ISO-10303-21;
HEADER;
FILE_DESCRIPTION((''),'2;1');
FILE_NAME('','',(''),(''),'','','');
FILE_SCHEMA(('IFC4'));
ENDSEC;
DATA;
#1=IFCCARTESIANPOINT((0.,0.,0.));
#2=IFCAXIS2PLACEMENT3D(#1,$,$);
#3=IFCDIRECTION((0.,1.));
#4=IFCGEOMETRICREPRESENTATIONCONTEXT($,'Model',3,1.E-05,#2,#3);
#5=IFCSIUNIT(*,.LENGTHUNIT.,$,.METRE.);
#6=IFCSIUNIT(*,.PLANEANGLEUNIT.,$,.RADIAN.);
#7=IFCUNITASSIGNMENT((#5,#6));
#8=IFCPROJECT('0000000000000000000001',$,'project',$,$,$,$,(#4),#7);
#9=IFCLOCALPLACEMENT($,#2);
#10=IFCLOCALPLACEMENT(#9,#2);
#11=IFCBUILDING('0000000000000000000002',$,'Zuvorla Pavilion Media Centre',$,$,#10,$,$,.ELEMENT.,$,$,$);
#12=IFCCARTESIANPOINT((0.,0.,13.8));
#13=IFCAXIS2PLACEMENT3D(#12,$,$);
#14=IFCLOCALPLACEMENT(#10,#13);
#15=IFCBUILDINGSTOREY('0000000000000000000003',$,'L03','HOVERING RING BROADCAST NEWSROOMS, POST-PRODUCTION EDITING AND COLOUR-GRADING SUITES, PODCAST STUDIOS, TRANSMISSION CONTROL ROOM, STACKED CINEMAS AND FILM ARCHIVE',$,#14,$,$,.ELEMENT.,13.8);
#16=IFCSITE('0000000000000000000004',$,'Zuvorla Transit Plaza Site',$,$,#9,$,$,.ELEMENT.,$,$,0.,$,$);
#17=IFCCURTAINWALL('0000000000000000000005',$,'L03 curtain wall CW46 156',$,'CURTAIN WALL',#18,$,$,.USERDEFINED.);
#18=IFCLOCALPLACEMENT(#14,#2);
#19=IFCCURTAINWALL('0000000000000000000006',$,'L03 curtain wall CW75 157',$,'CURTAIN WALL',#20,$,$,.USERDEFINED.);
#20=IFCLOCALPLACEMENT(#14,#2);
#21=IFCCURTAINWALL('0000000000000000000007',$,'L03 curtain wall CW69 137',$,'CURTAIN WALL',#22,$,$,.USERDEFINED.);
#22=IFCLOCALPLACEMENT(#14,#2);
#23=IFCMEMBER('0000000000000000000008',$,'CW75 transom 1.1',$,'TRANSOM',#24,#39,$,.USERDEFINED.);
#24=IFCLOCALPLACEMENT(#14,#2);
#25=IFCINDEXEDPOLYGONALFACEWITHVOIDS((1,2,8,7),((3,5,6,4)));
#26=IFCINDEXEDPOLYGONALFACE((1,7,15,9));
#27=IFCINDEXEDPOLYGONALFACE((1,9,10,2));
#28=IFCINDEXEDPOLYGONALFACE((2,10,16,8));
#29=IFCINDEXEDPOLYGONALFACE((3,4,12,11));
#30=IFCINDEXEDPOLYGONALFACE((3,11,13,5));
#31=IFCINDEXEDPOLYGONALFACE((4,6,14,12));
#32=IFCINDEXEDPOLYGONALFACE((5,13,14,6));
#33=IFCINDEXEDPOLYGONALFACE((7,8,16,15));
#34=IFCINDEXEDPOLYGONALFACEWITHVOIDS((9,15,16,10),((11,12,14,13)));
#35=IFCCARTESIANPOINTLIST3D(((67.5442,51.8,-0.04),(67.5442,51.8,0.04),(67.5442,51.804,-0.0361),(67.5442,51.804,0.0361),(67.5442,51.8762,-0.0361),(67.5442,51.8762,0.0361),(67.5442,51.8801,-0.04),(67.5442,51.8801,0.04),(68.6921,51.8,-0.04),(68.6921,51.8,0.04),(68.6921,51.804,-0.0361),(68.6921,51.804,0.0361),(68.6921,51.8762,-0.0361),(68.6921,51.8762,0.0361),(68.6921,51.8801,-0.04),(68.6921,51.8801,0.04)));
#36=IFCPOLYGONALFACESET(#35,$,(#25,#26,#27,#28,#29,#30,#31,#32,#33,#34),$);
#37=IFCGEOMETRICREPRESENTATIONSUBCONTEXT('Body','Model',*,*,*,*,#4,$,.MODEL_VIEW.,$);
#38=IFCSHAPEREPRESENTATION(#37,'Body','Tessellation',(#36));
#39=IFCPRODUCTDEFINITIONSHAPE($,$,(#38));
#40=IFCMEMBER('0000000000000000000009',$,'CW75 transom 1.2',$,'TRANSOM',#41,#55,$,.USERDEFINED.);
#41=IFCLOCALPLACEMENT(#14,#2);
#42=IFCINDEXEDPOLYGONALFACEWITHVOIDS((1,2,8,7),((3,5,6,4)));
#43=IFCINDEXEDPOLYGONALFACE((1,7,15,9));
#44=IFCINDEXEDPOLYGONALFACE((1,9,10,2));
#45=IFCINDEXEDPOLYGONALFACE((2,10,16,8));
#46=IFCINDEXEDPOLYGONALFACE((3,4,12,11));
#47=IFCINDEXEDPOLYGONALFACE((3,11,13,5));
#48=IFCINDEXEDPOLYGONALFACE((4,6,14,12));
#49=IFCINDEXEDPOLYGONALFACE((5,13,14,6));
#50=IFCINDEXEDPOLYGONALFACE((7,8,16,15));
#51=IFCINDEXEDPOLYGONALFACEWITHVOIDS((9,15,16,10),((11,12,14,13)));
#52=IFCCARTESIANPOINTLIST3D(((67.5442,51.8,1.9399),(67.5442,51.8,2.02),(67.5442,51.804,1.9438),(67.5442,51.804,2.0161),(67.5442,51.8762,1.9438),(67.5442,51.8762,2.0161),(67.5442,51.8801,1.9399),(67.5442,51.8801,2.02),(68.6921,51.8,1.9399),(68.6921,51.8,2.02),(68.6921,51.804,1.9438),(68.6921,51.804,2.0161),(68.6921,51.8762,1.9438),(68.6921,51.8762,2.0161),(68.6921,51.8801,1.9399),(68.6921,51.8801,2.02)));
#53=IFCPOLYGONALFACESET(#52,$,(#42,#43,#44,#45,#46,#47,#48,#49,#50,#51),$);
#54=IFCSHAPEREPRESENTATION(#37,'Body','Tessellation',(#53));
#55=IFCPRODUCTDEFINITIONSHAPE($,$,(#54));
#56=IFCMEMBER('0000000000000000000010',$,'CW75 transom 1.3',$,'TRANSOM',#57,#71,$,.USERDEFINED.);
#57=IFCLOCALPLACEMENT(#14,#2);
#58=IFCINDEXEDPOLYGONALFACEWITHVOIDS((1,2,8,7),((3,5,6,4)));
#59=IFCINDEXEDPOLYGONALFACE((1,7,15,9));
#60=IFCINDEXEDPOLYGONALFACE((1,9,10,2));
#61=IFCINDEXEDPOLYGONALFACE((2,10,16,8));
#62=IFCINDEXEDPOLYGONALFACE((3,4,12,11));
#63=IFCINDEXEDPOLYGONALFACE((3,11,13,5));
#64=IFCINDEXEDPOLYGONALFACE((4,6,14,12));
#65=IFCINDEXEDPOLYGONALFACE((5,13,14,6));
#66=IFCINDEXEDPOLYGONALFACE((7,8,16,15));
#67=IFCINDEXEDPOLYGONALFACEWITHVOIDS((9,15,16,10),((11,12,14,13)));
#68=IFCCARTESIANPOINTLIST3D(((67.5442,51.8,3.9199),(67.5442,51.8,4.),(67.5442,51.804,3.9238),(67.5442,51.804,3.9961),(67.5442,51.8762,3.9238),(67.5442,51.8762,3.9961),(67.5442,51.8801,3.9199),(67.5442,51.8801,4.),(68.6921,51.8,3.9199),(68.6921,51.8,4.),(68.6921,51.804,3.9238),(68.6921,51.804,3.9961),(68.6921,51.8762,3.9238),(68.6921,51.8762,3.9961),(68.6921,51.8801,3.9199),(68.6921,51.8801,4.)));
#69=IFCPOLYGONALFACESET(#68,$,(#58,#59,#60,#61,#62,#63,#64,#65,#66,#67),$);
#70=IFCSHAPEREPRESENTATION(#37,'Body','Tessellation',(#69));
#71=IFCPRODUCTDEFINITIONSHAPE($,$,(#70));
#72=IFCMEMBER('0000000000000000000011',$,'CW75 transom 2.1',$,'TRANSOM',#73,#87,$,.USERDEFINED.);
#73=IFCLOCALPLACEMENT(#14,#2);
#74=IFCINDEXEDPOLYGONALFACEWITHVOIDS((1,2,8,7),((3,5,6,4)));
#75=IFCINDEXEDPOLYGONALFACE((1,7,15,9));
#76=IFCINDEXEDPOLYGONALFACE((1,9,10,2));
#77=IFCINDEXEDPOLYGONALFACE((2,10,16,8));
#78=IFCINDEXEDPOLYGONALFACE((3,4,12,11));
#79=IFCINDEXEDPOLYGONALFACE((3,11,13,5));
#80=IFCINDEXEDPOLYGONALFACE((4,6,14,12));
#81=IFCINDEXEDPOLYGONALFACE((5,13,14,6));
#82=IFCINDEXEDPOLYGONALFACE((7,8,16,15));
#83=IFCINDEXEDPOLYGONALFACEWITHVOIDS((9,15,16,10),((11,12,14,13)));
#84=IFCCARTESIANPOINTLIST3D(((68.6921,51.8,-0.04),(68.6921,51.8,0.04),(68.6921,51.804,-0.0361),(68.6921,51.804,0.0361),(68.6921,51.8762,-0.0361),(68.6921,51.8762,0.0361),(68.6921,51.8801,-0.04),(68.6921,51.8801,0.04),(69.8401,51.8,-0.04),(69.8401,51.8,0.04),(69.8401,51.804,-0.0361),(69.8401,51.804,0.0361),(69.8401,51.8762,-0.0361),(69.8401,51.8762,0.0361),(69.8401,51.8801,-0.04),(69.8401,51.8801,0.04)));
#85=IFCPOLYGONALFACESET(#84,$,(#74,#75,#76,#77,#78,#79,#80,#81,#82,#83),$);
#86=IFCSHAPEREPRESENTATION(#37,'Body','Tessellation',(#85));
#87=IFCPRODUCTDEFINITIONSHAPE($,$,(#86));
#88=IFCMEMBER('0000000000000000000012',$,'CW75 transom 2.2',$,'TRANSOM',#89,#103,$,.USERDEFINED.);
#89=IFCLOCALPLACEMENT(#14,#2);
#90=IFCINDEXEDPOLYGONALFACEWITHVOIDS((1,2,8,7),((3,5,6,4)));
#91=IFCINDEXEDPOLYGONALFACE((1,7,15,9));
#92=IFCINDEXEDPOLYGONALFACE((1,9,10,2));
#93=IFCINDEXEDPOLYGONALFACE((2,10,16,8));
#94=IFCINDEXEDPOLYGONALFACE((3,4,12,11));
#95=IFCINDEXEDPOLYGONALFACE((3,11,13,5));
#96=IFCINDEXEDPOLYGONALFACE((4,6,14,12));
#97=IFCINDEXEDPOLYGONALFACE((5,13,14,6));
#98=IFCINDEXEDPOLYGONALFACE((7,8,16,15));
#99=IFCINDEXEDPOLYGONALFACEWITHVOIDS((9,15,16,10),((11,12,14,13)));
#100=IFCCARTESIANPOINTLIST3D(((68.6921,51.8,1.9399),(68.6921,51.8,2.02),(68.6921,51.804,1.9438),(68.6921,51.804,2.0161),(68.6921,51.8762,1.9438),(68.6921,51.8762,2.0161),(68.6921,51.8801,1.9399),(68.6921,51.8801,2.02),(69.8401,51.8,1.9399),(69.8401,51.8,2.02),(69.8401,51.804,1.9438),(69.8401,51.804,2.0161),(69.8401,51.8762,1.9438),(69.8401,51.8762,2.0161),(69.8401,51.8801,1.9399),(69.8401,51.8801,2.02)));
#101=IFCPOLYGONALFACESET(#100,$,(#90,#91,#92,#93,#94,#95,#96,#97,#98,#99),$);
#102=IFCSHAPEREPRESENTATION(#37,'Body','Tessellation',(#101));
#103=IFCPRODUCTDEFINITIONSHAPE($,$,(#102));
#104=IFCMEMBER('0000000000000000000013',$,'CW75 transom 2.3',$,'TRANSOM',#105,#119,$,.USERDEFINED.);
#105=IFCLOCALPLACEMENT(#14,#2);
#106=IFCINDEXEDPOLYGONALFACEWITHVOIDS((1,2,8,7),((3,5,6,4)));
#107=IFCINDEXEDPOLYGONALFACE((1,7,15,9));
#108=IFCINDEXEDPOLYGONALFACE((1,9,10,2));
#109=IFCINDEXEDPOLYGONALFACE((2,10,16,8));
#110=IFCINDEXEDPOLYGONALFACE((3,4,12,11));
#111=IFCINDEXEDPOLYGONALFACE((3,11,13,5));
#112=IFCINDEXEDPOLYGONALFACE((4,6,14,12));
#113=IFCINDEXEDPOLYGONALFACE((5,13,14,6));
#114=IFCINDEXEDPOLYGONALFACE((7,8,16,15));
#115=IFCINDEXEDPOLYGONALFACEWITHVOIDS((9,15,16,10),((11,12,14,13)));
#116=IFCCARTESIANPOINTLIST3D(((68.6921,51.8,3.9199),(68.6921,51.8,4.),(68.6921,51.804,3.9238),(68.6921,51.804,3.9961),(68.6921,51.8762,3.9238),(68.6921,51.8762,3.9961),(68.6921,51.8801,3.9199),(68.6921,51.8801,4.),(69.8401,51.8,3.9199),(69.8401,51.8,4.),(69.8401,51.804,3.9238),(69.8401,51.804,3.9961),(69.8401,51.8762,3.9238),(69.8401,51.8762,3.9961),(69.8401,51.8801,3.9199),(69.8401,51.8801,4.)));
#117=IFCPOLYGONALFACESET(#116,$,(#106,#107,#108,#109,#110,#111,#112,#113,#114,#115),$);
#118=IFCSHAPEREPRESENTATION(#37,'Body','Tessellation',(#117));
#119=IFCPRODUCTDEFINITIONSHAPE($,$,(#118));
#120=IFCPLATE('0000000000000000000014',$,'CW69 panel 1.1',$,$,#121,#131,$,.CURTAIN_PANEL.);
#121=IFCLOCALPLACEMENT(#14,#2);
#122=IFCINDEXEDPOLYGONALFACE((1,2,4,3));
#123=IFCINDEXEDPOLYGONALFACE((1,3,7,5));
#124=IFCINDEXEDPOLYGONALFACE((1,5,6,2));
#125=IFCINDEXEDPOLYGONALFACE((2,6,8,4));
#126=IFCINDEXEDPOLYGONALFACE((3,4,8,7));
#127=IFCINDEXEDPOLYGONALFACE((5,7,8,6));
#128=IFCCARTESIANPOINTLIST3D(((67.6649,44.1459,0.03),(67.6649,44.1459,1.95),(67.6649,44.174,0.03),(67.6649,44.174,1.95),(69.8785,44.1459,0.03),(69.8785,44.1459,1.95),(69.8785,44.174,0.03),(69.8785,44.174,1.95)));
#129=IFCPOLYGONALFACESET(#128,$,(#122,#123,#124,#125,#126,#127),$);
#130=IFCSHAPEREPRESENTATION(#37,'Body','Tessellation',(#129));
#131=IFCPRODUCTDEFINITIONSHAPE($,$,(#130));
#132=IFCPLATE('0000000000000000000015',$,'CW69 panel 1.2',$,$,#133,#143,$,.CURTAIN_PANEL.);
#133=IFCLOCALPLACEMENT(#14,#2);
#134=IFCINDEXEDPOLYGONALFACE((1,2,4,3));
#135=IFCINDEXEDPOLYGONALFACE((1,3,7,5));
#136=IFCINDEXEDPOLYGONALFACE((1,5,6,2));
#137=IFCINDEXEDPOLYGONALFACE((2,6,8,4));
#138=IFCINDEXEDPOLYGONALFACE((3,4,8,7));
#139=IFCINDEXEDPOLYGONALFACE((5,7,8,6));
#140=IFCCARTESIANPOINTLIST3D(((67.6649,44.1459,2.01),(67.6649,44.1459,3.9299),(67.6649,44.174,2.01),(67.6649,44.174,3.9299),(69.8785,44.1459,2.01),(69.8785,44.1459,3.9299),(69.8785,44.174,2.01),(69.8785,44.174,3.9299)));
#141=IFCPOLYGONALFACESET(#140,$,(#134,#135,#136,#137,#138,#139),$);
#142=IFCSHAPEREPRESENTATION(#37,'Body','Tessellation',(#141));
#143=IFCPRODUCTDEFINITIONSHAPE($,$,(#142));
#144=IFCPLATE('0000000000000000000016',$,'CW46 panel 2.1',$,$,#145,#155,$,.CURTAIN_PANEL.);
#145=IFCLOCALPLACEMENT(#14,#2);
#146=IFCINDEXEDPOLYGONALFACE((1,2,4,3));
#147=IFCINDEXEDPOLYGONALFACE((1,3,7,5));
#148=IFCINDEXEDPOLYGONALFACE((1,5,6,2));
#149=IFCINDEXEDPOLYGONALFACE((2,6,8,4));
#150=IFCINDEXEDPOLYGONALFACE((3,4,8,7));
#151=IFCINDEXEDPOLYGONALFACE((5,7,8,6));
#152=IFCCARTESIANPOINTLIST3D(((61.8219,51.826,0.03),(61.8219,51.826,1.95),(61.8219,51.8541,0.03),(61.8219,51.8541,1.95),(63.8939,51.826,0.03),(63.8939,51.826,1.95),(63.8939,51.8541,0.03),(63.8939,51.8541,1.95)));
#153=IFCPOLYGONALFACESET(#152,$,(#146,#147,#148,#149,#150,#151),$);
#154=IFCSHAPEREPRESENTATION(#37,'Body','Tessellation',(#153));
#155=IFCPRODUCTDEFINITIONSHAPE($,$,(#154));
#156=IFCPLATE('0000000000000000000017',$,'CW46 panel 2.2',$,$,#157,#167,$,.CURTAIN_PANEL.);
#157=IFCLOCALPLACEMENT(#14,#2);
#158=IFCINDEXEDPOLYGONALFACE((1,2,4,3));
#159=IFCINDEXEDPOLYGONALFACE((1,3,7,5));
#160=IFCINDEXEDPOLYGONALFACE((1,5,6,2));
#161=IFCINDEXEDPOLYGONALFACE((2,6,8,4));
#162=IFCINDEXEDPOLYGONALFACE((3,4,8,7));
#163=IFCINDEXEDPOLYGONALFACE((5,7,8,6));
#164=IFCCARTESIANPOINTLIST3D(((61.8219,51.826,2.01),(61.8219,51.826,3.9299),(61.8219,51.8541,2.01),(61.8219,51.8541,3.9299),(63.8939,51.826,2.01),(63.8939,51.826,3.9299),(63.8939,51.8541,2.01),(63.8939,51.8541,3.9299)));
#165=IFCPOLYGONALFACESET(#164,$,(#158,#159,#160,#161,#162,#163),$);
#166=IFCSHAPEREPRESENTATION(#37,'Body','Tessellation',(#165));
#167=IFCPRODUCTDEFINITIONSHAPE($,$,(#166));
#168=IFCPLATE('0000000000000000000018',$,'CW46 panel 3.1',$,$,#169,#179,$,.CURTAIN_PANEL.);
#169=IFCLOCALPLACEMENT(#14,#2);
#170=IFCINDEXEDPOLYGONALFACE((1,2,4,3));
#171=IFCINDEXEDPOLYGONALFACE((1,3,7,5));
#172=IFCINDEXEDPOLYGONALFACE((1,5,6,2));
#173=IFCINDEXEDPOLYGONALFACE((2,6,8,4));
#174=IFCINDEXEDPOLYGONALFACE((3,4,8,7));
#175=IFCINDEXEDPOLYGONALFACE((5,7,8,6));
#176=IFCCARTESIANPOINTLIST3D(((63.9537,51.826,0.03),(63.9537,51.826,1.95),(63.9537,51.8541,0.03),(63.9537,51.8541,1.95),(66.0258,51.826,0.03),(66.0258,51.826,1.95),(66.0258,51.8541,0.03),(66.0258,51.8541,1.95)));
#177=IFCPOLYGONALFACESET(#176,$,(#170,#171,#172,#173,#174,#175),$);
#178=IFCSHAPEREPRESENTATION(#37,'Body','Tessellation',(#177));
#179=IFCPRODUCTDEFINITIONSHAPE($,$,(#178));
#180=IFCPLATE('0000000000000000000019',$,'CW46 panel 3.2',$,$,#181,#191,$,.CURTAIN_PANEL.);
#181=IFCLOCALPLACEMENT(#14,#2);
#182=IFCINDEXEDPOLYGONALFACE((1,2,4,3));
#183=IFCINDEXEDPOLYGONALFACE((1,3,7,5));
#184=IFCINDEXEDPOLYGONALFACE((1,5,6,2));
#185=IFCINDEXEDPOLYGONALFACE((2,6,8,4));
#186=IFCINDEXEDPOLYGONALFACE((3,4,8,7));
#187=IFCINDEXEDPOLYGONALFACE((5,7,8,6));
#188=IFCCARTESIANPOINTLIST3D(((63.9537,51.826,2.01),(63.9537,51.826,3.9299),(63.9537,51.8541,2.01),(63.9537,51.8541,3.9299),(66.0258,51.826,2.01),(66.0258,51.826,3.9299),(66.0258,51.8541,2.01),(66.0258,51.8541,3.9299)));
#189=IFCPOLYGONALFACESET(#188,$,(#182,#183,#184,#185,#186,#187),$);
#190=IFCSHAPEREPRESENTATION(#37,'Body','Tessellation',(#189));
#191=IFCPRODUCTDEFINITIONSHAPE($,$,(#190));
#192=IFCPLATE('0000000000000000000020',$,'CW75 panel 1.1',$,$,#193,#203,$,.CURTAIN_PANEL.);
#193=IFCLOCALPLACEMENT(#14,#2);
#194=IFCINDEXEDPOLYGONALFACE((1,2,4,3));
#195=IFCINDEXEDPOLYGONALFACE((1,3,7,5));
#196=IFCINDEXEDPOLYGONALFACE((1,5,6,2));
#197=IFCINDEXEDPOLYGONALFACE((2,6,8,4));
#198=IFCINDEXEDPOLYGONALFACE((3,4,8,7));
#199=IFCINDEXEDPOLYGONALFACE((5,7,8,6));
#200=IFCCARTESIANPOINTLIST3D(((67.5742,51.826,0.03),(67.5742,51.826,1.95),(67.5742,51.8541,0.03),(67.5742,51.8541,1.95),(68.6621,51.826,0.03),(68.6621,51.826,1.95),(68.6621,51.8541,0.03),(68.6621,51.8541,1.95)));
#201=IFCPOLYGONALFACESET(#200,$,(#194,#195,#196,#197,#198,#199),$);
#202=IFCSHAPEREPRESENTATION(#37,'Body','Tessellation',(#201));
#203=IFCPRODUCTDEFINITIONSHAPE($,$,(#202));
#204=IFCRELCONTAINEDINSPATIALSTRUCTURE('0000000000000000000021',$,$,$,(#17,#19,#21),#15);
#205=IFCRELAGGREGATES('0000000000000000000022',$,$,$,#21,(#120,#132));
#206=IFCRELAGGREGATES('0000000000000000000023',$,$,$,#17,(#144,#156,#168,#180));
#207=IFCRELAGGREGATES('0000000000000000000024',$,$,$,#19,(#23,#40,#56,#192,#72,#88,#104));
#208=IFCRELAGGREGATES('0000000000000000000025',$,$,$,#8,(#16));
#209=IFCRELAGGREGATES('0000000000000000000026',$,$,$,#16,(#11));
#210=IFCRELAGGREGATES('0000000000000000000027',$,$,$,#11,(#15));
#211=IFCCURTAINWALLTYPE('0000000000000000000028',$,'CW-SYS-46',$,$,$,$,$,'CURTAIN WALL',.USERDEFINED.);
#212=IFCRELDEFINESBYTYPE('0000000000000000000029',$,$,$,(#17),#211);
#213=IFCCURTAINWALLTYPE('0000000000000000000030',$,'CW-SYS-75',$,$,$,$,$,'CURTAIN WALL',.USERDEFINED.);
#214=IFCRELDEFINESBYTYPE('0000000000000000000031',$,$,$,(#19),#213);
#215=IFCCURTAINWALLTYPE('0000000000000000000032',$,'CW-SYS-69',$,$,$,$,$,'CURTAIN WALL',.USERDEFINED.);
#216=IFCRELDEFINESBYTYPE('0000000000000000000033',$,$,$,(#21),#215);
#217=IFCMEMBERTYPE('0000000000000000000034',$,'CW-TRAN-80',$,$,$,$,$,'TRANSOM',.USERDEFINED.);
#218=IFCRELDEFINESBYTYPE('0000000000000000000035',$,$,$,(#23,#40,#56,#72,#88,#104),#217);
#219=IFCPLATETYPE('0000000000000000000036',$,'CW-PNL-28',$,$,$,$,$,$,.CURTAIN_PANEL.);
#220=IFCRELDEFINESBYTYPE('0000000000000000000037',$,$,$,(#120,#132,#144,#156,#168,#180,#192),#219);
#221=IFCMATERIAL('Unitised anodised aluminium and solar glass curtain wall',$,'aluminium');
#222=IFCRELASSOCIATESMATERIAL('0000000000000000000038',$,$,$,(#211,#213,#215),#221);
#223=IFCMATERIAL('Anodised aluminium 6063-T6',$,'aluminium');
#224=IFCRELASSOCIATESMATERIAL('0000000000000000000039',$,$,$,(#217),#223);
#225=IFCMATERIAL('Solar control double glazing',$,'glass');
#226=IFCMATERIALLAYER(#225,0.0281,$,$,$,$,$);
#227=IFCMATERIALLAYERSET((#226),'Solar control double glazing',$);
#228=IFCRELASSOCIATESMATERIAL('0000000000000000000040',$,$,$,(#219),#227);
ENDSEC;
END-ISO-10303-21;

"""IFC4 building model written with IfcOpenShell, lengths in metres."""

from ifc_helpers import new_model, si_unit, direction, frame, origin, origin_2d, place, context, subcontext, project, spatial, rectangle, hollow_rectangle, extrude, material, layer, layer_set, material_profile, profile_set, type_object, element, aggregate, save


model = new_model("IFC4")

# Units and contexts
model_context = context("Model", 3, precision=1e-05, world=origin(), true_north=direction((0.0, 1.0)))
body_context = subcontext(model_context, "Body", "Model", "MODEL_VIEW")
ifc_project = project(units=[si_unit("LENGTHUNIT", "METRE"), si_unit("PLANEANGLEUNIT", "RADIAN")], contexts=[model_context])

# Site, building, storey
site_placement = place(None, origin())
site = spatial("IfcSite", under=ifc_project, at=site_placement, Name="Zuvorla Transit Plaza Site", CompositionType="ELEMENT", RefElevation=0.0)
building_placement = place(site_placement, origin())
building = spatial("IfcBuilding", under=site, at=building_placement, Name="Zuvorla Pavilion Media Centre", CompositionType="ELEMENT")
storey_placement = place(building_placement, frame((0.0, 0.0, 13.8)))
storey = spatial("IfcBuildingStorey", under=building, at=storey_placement, Name="L03", Description="HOVERING RING BROADCAST NEWSROOMS, POST-PRODUCTION EDITING AND COLOUR-GRADING SUITES, PODCAST STUDIOS, TRANSMISSION CONTROL ROOM, STACKED CINEMAS AND FILM ARCHIVE", CompositionType="ELEMENT", Elevation=13.8)

# Curtain walls
ifc_material_1 = material(Name="Unitised anodised aluminium and solar glass curtain wall", Category="aluminium")
ifc_material_2 = material(Name="Anodised aluminium 6063-T6", Category="aluminium")
curtain_wall_type_1 = type_object("IfcCurtainWallType", Name="CW-SYS-46", ElementType="CURTAIN WALL", PredefinedType="USERDEFINED", material=ifc_material_1)
curtain_wall_1_placement = place(storey_placement, origin())
curtain_wall_1 = element("IfcCurtainWall", 1, at=curtain_wall_1_placement, inside=storey, type_object=curtain_wall_type_1, Name="L03 curtain wall CW46 156", ObjectType="CURTAIN WALL", PredefinedType="USERDEFINED")
curtain_wall_type_2 = type_object("IfcCurtainWallType", Name="CW-SYS-75", ElementType="CURTAIN WALL", PredefinedType="USERDEFINED", material=ifc_material_1)
curtain_wall_2_placement = place(storey_placement, origin())
curtain_wall_2 = element("IfcCurtainWall", 2, at=curtain_wall_2_placement, inside=storey, type_object=curtain_wall_type_2, Name="L03 curtain wall CW75 157", ObjectType="CURTAIN WALL", PredefinedType="USERDEFINED")
curtain_wall_type_3 = type_object("IfcCurtainWallType", Name="CW-SYS-69", ElementType="CURTAIN WALL", PredefinedType="USERDEFINED", material=ifc_material_1)
curtain_wall_3_placement = place(storey_placement, origin())
curtain_wall_3 = element("IfcCurtainWall", 3, at=curtain_wall_3_placement, inside=storey, type_object=curtain_wall_type_3, Name="L03 curtain wall CW69 137", ObjectType="CURTAIN WALL", PredefinedType="USERDEFINED")

# Members
ifc_material_profile_1 = material_profile(ifc_material_2, hollow_rectangle(XDim=0.0801, YDim=0.0801, WallThickness=0.0039, at=origin_2d()), Name="ALU TRAN 80x80")
ifc_profile_set_1 = profile_set([ifc_material_profile_1], Name="Anodised aluminium 6063-T6")
member_type_1 = type_object("IfcMemberType", Name="CW-TRAN-80", ElementType="TRANSOM", PredefinedType="USERDEFINED", material=ifc_profile_set_1)
member_1_placement = place(storey_placement, frame((67.5442, 51.8401, 0.0), z_axis=(1.0, 0.0, 0.0), x_axis=(0.0, 1.0, 0.0)))
member_1 = element("IfcMember", 4, at=member_1_placement, type_object=member_type_1, Name="CW75 transom 1.1", ObjectType="TRANSOM", PredefinedType="USERDEFINED", context=body_context, shape_type="SweptSolid", body=[
    extrude(hollow_rectangle(XDim=0.0801, YDim=0.0801, WallThickness=0.0039, at=origin_2d()), origin(), (0.0, 0.0, 1.0), 1.1479),
])
member_2_placement = place(storey_placement, frame((67.5442, 51.8401, 1.98), z_axis=(1.0, 0.0, 0.0), x_axis=(0.0, 1.0, 0.0)))
member_2 = element("IfcMember", 5, at=member_2_placement, type_object=member_type_1, Name="CW75 transom 1.2", ObjectType="TRANSOM", PredefinedType="USERDEFINED", context=body_context, shape_type="SweptSolid", body=[
    extrude(hollow_rectangle(XDim=0.0801, YDim=0.0801, WallThickness=0.0039, at=origin_2d()), origin(), (0.0, 0.0, 1.0), 1.1479),
])
member_3_placement = place(storey_placement, frame((67.5442, 51.8401, 3.96), z_axis=(1.0, 0.0, 0.0), x_axis=(0.0, 1.0, 0.0)))
member_3 = element("IfcMember", 6, at=member_3_placement, type_object=member_type_1, Name="CW75 transom 1.3", ObjectType="TRANSOM", PredefinedType="USERDEFINED", context=body_context, shape_type="SweptSolid", body=[
    extrude(hollow_rectangle(XDim=0.0801, YDim=0.0801, WallThickness=0.0039, at=origin_2d()), origin(), (0.0, 0.0, 1.0), 1.1479),
])
member_4_placement = place(storey_placement, frame((68.6921, 51.8401, 0.0), z_axis=(1.0, 0.0, 0.0), x_axis=(0.0, 1.0, 0.0)))
member_4 = element("IfcMember", 7, at=member_4_placement, type_object=member_type_1, Name="CW75 transom 2.1", ObjectType="TRANSOM", PredefinedType="USERDEFINED", context=body_context, shape_type="SweptSolid", body=[
    extrude(hollow_rectangle(XDim=0.0801, YDim=0.0801, WallThickness=0.0039, at=origin_2d()), origin(), (0.0, 0.0, 1.0), 1.1479),
])
member_5_placement = place(storey_placement, frame((68.6921, 51.8401, 1.98), z_axis=(1.0, 0.0, 0.0), x_axis=(0.0, 1.0, 0.0)))
member_5 = element("IfcMember", 8, at=member_5_placement, type_object=member_type_1, Name="CW75 transom 2.2", ObjectType="TRANSOM", PredefinedType="USERDEFINED", context=body_context, shape_type="SweptSolid", body=[
    extrude(hollow_rectangle(XDim=0.0801, YDim=0.0801, WallThickness=0.0039, at=origin_2d()), origin(), (0.0, 0.0, 1.0), 1.1479),
])
member_6_placement = place(storey_placement, frame((68.6921, 51.8401, 3.96), z_axis=(1.0, 0.0, 0.0), x_axis=(0.0, 1.0, 0.0)))
member_6 = element("IfcMember", 9, at=member_6_placement, type_object=member_type_1, Name="CW75 transom 2.3", ObjectType="TRANSOM", PredefinedType="USERDEFINED", context=body_context, shape_type="SweptSolid", body=[
    extrude(hollow_rectangle(XDim=0.0801, YDim=0.0801, WallThickness=0.0039, at=origin_2d()), origin(), (0.0, 0.0, 1.0), 1.1479),
])

# Plates
ifc_material_3 = material(Name="Solar control double glazing", Category="glass")
ifc_layer_1 = layer(ifc_material_3, 0.0281)
ifc_layer_set_1 = layer_set([ifc_layer_1], Name="Solar control double glazing")
plate_type_1 = type_object("IfcPlateType", Name="CW-PNL-28", PredefinedType="CURTAIN_PANEL", material=ifc_layer_set_1)
plate_1_placement = place(storey_placement, frame((68.7717, 44.1599, 0.03), z_axis=(0.0, 0.0, 1.0), x_axis=(1.0, 0.0, 0.0)))
plate_1 = element("IfcPlate", 10, at=plate_1_placement, type_object=plate_type_1, Name="CW69 panel 1.1", PredefinedType="CURTAIN_PANEL", context=body_context, shape_type="SweptSolid", body=[
    extrude(rectangle(XDim=2.2136, YDim=0.0281, at=origin_2d()), origin(), (0.0, 0.0, 1.0), 1.9199),
])
plate_2_placement = place(storey_placement, frame((68.7717, 44.1599, 2.01), z_axis=(0.0, 0.0, 1.0), x_axis=(1.0, 0.0, 0.0)))
plate_2 = element("IfcPlate", 11, at=plate_2_placement, type_object=plate_type_1, Name="CW69 panel 1.2", PredefinedType="CURTAIN_PANEL", context=body_context, shape_type="SweptSolid", body=[
    extrude(rectangle(XDim=2.2136, YDim=0.0281, at=origin_2d()), origin(), (0.0, 0.0, 1.0), 1.9199),
])
aggregate(curtain_wall_3, [plate_1, plate_2])
plate_3_placement = place(storey_placement, frame((62.8579, 51.8401, 0.03), z_axis=(0.0, 0.0, 1.0), x_axis=(1.0, 0.0, 0.0)))
plate_3 = element("IfcPlate", 12, at=plate_3_placement, type_object=plate_type_1, Name="CW46 panel 2.1", PredefinedType="CURTAIN_PANEL", context=body_context, shape_type="SweptSolid", body=[
    extrude(rectangle(XDim=2.072, YDim=0.0281, at=origin_2d()), origin(), (0.0, 0.0, 1.0), 1.9199),
])
plate_4_placement = place(storey_placement, frame((62.8579, 51.8401, 2.01), z_axis=(0.0, 0.0, 1.0), x_axis=(1.0, 0.0, 0.0)))
plate_4 = element("IfcPlate", 13, at=plate_4_placement, type_object=plate_type_1, Name="CW46 panel 2.2", PredefinedType="CURTAIN_PANEL", context=body_context, shape_type="SweptSolid", body=[
    extrude(rectangle(XDim=2.072, YDim=0.0281, at=origin_2d()), origin(), (0.0, 0.0, 1.0), 1.9199),
])
plate_5_placement = place(storey_placement, frame((64.9897, 51.8401, 0.03), z_axis=(0.0, 0.0, 1.0), x_axis=(1.0, 0.0, 0.0)))
plate_5 = element("IfcPlate", 14, at=plate_5_placement, type_object=plate_type_1, Name="CW46 panel 3.1", PredefinedType="CURTAIN_PANEL", context=body_context, shape_type="SweptSolid", body=[
    extrude(rectangle(XDim=2.072, YDim=0.0281, at=origin_2d()), origin(), (0.0, 0.0, 1.0), 1.9199),
])
plate_6_placement = place(storey_placement, frame((64.9897, 51.8401, 2.01), z_axis=(0.0, 0.0, 1.0), x_axis=(1.0, 0.0, 0.0)))
plate_6 = element("IfcPlate", 15, at=plate_6_placement, type_object=plate_type_1, Name="CW46 panel 3.2", PredefinedType="CURTAIN_PANEL", context=body_context, shape_type="SweptSolid", body=[
    extrude(rectangle(XDim=2.072, YDim=0.0281, at=origin_2d()), origin(), (0.0, 0.0, 1.0), 1.9199),
])
aggregate(curtain_wall_1, [plate_3, plate_4, plate_5, plate_6])
plate_7_placement = place(storey_placement, frame((68.1182, 51.8401, 0.03), z_axis=(0.0, 0.0, 1.0), x_axis=(1.0, 0.0, 0.0)))
plate_7 = element("IfcPlate", 16, at=plate_7_placement, type_object=plate_type_1, Name="CW75 panel 1.1", PredefinedType="CURTAIN_PANEL", context=body_context, shape_type="SweptSolid", body=[
    extrude(rectangle(XDim=1.0879, YDim=0.0281, at=origin_2d()), origin(), (0.0, 0.0, 1.0), 1.9199),
])
aggregate(curtain_wall_2, [member_1, member_2, member_3, plate_7, member_4, member_5, member_6])

save(model, "model.ifc")
